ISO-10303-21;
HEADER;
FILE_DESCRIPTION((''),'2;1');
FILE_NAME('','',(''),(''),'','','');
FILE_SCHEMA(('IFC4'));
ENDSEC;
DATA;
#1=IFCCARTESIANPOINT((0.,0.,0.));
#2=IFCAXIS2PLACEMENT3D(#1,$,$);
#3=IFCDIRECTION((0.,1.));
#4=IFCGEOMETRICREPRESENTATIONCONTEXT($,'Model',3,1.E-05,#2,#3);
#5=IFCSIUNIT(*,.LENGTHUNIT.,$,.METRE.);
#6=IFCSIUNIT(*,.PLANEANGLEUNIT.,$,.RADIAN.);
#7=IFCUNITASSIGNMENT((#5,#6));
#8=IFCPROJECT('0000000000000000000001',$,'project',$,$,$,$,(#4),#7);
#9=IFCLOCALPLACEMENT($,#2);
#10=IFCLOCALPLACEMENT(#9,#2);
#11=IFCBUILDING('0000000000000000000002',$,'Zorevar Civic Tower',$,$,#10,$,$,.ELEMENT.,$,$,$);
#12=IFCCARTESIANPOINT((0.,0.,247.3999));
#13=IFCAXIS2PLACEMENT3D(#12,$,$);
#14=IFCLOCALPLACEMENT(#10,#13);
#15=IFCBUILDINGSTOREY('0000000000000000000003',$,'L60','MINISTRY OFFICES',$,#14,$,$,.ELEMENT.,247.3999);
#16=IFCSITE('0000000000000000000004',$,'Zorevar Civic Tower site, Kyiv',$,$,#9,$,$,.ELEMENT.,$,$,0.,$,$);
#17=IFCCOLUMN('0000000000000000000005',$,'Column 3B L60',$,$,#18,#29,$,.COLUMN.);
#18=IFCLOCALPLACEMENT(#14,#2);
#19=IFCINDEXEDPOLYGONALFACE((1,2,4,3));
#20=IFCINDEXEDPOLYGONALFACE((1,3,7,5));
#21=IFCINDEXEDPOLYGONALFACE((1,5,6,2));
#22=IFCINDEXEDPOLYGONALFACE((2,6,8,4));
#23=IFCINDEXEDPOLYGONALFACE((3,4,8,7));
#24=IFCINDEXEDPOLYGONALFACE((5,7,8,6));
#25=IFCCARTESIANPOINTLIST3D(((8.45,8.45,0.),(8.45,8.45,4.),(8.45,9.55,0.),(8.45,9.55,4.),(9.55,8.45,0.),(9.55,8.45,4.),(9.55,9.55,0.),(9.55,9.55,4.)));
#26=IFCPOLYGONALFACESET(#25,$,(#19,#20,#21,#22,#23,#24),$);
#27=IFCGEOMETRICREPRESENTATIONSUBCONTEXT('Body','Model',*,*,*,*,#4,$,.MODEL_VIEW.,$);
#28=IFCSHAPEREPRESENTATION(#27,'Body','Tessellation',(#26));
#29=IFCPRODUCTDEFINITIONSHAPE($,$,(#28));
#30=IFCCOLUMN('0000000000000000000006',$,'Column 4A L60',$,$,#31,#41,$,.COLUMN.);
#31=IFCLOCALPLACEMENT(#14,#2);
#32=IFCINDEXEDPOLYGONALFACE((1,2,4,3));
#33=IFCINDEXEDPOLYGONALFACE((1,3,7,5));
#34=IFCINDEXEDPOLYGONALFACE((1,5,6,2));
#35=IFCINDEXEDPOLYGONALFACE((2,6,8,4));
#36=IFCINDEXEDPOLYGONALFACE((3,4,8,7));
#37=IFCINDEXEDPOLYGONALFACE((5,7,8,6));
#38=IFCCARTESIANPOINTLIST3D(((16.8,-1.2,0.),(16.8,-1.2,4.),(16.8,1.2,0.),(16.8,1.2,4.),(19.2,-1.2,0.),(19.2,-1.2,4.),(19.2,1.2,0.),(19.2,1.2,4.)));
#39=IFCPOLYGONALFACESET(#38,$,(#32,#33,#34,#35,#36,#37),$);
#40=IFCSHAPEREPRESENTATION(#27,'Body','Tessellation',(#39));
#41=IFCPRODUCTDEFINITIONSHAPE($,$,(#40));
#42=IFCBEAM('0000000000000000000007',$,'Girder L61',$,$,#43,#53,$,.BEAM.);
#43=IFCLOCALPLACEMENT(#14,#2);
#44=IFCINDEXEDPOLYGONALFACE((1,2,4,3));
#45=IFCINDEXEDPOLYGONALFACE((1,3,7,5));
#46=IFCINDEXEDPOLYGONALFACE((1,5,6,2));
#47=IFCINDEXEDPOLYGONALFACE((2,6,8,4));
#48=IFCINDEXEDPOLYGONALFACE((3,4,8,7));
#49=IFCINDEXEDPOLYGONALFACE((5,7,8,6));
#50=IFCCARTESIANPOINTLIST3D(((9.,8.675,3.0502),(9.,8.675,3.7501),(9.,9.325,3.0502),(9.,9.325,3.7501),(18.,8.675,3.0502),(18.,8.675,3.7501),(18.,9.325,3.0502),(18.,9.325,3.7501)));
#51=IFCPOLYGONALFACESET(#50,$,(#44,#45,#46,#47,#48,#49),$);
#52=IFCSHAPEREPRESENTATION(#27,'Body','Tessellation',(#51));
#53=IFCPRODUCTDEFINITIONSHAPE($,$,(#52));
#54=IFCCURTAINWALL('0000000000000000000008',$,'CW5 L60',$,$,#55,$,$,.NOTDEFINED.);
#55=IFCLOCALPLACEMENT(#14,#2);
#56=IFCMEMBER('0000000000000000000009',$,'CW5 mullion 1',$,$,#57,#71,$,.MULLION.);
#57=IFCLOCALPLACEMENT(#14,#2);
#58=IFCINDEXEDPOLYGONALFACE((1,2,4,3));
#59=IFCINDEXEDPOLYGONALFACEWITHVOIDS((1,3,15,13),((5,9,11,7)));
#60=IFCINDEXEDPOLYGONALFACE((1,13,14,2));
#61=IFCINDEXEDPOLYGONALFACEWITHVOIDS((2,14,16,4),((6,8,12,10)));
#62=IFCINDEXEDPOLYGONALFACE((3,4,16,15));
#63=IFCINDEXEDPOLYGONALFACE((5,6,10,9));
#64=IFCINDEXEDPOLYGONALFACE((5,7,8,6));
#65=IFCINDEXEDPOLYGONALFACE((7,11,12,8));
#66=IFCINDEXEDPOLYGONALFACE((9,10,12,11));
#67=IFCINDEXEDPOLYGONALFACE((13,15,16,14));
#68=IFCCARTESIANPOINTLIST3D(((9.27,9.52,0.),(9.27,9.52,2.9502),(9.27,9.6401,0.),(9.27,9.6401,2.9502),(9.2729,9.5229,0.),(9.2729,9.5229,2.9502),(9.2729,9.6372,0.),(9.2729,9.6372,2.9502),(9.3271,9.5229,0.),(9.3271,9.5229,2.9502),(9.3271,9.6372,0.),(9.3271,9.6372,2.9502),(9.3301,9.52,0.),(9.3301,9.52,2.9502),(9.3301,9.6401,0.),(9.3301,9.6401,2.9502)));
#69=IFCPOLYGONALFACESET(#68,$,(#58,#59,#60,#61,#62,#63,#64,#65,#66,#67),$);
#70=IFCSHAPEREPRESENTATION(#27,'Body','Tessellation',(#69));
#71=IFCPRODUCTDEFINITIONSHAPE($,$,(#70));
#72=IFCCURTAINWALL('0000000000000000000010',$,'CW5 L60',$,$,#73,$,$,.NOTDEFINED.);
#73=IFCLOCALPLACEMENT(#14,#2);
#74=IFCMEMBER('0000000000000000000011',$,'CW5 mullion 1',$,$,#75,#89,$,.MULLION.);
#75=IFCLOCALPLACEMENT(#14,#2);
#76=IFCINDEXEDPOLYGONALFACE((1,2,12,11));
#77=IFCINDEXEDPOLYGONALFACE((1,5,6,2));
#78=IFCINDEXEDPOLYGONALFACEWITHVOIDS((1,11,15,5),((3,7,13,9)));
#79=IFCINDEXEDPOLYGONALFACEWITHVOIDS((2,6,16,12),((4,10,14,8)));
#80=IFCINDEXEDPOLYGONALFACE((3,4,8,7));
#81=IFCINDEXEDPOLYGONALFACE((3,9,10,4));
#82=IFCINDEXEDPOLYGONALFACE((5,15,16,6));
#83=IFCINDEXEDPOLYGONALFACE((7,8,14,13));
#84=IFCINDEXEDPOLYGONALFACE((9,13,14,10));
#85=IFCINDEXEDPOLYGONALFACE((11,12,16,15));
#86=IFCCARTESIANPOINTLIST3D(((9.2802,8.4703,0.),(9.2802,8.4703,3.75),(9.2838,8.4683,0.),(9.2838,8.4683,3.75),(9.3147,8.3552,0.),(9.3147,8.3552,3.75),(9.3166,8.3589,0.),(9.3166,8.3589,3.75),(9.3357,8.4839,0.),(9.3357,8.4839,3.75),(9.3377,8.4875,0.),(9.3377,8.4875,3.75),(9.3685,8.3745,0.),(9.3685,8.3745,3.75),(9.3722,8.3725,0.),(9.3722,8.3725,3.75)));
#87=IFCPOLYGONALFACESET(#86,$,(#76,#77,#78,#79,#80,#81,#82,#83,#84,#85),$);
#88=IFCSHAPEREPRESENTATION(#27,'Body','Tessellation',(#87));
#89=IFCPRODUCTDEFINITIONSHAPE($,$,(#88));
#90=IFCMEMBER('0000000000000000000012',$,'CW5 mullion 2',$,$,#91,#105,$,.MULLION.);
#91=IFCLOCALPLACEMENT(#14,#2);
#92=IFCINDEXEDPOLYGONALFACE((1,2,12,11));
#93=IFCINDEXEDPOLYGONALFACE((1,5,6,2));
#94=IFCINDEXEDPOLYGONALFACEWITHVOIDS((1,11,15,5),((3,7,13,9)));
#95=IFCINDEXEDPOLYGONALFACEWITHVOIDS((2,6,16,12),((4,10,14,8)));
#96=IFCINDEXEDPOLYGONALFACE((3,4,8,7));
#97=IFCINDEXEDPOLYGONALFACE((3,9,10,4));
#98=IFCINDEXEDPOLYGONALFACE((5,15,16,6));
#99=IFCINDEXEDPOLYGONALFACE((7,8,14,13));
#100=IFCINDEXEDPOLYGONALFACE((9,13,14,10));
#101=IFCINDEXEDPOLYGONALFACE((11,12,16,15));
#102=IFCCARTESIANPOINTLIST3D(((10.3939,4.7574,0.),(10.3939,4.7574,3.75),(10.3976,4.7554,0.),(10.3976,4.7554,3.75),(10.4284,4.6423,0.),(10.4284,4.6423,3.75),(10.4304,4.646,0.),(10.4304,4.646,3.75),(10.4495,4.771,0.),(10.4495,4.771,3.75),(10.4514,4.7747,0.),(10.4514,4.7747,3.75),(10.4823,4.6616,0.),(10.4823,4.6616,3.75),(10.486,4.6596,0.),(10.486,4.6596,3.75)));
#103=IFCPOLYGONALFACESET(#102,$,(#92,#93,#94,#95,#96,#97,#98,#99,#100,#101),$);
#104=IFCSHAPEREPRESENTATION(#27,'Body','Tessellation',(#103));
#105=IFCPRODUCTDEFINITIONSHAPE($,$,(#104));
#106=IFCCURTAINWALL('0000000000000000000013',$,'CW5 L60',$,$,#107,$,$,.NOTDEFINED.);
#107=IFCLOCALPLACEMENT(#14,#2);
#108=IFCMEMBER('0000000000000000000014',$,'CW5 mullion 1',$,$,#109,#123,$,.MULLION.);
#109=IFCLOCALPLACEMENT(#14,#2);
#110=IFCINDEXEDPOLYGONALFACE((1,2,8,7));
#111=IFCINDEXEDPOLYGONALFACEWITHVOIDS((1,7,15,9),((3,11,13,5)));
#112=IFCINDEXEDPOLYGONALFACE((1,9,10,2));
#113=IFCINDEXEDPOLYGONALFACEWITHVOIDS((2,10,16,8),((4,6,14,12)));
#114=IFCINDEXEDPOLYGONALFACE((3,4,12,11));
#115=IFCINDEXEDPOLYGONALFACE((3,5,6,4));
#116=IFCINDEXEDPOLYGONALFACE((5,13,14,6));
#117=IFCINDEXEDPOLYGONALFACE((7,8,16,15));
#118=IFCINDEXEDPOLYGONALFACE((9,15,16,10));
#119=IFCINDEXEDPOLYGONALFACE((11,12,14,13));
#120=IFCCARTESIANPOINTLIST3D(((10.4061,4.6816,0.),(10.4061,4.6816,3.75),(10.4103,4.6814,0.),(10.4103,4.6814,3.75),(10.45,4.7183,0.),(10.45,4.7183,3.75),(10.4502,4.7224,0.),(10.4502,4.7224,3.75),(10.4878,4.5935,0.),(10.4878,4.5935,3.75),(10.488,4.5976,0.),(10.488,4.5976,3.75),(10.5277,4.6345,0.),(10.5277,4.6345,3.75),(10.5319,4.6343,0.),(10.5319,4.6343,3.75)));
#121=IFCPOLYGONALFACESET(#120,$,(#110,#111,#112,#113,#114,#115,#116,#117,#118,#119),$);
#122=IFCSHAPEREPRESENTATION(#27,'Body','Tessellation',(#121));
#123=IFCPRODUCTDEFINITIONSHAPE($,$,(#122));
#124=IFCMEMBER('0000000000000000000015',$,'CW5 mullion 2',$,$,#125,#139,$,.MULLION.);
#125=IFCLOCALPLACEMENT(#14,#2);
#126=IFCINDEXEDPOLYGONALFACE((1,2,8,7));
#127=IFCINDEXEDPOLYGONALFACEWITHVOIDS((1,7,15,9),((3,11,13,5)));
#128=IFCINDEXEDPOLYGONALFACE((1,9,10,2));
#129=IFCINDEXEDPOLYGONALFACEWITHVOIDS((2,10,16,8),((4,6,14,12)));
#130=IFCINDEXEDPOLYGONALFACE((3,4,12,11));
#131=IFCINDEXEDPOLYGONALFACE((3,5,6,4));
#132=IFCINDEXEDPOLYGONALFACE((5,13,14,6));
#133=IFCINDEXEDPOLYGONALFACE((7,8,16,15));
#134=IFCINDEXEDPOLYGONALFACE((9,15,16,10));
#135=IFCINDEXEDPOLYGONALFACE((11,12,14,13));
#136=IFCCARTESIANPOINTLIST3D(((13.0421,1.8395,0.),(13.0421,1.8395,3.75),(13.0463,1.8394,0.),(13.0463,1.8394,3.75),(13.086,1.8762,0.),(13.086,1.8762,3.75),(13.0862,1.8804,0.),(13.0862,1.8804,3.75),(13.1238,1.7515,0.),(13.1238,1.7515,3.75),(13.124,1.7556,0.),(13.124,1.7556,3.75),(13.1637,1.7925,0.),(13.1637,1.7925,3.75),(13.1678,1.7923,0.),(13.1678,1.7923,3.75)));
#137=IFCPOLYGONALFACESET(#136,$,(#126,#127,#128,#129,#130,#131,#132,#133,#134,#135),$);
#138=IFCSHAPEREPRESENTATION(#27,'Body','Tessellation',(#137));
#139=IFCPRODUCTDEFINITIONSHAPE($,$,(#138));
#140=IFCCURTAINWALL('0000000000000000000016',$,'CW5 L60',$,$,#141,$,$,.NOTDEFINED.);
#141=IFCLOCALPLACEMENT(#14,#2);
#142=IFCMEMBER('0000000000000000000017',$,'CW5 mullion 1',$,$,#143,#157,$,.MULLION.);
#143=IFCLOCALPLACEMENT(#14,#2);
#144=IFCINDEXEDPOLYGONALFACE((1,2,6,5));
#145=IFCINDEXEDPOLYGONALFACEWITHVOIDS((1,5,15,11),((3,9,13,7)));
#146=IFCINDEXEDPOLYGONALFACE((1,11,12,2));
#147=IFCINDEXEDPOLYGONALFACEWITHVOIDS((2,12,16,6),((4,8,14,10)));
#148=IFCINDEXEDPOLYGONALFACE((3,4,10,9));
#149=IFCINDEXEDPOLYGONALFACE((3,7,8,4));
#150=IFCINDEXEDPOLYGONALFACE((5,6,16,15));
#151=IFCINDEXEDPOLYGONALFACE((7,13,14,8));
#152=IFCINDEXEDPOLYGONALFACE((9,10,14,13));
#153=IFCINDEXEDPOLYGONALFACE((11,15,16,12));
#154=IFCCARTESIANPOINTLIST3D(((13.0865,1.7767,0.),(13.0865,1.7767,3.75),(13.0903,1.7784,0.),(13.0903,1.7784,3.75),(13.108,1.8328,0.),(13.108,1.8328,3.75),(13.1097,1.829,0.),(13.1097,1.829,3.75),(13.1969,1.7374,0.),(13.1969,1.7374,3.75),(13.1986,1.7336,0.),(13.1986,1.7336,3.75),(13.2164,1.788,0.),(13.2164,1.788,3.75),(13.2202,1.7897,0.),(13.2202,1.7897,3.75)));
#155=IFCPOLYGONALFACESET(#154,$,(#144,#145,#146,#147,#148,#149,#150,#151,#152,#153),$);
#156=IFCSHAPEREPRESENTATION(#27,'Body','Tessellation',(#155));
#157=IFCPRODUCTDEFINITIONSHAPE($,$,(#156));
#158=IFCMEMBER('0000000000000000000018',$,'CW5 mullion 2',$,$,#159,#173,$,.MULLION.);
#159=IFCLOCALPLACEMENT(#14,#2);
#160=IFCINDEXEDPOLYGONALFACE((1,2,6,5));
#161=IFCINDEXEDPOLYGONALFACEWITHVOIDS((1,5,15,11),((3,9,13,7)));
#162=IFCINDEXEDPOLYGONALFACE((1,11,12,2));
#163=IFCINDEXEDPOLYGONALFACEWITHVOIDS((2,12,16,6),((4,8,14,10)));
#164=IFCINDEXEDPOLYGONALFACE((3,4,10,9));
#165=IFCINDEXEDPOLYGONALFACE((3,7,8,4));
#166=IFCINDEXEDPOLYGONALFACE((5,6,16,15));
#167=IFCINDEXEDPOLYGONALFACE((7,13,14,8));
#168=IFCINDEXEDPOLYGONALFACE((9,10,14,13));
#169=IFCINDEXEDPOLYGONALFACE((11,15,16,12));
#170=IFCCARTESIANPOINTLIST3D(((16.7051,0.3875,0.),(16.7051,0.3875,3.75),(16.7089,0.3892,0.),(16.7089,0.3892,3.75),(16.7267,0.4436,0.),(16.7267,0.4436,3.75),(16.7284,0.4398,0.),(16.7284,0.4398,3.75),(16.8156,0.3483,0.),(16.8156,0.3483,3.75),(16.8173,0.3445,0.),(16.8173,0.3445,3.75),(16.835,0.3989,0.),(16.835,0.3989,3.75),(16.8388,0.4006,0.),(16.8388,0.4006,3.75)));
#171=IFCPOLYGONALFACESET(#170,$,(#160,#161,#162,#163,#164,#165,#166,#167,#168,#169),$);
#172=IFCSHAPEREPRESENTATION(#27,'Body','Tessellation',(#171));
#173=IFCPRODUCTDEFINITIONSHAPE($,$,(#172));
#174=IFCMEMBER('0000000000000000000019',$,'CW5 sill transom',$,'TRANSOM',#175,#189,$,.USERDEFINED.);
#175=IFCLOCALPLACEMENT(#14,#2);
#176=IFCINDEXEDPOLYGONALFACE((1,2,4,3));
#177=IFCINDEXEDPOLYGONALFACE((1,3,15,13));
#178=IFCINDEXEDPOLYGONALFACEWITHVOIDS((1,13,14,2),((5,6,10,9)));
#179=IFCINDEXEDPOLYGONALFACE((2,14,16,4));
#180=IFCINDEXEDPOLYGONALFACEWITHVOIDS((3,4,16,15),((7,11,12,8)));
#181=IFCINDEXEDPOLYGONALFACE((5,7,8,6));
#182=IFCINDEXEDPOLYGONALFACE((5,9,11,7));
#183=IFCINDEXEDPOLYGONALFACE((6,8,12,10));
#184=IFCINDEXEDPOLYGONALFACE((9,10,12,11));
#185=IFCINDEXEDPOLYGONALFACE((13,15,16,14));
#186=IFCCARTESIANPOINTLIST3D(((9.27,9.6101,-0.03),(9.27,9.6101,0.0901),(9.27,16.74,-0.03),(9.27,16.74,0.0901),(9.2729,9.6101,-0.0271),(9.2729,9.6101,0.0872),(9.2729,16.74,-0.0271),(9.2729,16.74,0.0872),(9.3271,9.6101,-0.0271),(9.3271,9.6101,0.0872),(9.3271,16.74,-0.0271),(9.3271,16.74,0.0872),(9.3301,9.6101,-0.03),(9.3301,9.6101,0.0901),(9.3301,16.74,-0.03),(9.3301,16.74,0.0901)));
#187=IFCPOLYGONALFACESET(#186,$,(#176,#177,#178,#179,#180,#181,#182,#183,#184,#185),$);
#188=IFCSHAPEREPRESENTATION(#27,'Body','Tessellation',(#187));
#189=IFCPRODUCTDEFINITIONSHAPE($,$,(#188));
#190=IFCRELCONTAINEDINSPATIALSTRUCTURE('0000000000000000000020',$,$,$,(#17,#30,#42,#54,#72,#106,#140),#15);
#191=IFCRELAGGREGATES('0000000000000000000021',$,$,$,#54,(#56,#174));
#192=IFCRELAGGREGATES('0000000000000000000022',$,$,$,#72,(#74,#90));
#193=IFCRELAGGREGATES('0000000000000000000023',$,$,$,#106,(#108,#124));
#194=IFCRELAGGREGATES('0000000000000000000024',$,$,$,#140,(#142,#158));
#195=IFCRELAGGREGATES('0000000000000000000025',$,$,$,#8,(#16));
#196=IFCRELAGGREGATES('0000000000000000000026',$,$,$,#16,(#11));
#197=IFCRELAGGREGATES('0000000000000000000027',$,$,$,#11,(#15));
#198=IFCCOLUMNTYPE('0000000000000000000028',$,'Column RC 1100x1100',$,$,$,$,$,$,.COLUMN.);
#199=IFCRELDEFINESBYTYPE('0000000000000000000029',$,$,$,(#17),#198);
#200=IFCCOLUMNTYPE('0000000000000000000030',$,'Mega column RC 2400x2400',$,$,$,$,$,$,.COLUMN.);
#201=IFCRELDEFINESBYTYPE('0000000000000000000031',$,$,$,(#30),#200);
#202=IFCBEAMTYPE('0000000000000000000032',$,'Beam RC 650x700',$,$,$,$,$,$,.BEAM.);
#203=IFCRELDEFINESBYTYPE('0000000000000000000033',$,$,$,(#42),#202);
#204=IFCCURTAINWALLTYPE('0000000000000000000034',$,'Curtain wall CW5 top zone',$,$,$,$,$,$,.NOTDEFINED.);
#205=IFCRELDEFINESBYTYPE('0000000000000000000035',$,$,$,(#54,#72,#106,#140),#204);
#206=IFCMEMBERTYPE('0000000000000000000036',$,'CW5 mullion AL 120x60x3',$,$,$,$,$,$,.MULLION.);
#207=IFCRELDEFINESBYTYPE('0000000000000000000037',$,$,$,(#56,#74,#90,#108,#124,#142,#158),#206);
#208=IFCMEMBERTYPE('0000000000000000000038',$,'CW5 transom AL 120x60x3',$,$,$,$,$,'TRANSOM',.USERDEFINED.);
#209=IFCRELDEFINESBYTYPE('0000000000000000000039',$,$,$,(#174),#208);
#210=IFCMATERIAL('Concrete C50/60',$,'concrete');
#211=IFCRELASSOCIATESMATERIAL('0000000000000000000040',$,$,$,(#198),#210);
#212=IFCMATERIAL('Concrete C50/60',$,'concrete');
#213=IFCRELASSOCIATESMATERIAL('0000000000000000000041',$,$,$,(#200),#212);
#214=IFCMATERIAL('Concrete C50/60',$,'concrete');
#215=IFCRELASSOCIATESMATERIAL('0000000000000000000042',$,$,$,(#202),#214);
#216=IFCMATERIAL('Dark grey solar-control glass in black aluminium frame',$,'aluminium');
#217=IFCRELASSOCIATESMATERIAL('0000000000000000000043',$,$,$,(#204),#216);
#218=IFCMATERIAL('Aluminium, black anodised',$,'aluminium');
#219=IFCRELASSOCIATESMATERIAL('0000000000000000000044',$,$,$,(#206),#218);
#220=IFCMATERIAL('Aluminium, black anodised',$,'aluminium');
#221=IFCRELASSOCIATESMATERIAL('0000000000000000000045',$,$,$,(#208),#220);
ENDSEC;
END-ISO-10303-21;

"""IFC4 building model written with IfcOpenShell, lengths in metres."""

from ifc_helpers import new_model, si_unit, direction, frame, origin, origin_2d, place, context, subcontext, project, spatial, rectangle, hollow_rectangle, extrude, material, material_profile, profile_set, type_object, element, aggregate, save


model = new_model("IFC4")

# Units and contexts
model_context = context("Model", 3, precision=1e-05, world=origin(), true_north=direction((0.0, 1.0)))
body_context = subcontext(model_context, "Body", "Model", "MODEL_VIEW")
ifc_project = project(units=[si_unit("LENGTHUNIT", "METRE"), si_unit("PLANEANGLEUNIT", "RADIAN")], contexts=[model_context])

# Site, building, storey
site_placement = place(None, origin())
site = spatial("IfcSite", under=ifc_project, at=site_placement, Name="Zorevar Civic Tower site, Kyiv", CompositionType="ELEMENT", RefElevation=0.0)
building_placement = place(site_placement, origin())
building = spatial("IfcBuilding", under=site, at=building_placement, Name="Zorevar Civic Tower", CompositionType="ELEMENT")
storey_placement = place(building_placement, frame((0.0, 0.0, 247.3999)))
storey = spatial("IfcBuildingStorey", under=building, at=storey_placement, Name="L60", Description="MINISTRY OFFICES", CompositionType="ELEMENT", Elevation=247.3999)

# Columns
ifc_material_1 = material(Name="Concrete C50/60", Category="concrete")
ifc_material_profile_1 = material_profile(ifc_material_1, rectangle(XDim=1.1001, YDim=1.1001, at=origin_2d()), Name="RC 1100x1100")
ifc_profile_set_1 = profile_set([ifc_material_profile_1], Name="Concrete C50/60")
column_type_1 = type_object("IfcColumnType", Name="Column RC 1100x1100", PredefinedType="COLUMN", material=ifc_profile_set_1)
column_1_placement = place(storey_placement, frame((9.0, 9.0, 0.0), z_axis=(0.0, 0.0, 1.0), x_axis=(1.0, 0.0, 0.0)))
element("IfcColumn", 1, at=column_1_placement, inside=storey, type_object=column_type_1, Name="Column 3B L60", PredefinedType="COLUMN", context=body_context, shape_type="SweptSolid", body=[
    extrude(rectangle(XDim=1.1001, YDim=1.1001, at=origin_2d()), origin(), (0.0, 0.0, 1.0), 4.0),
])
ifc_material_2 = material(Name="Concrete C50/60", Category="concrete")
ifc_material_profile_2 = material_profile(ifc_material_2, rectangle(XDim=2.3999, YDim=2.3999, at=origin_2d()), Name="RC 2400x2400")
ifc_profile_set_2 = profile_set([ifc_material_profile_2], Name="Concrete C50/60")
column_type_2 = type_object("IfcColumnType", Name="Mega column RC 2400x2400", PredefinedType="COLUMN", material=ifc_profile_set_2)
column_2_placement = place(storey_placement, frame((18.0, 0.0, 0.0), z_axis=(0.0, 0.0, 1.0), x_axis=(1.0, 0.0, 0.0)))
element("IfcColumn", 2, at=column_2_placement, inside=storey, type_object=column_type_2, Name="Column 4A L60", PredefinedType="COLUMN", context=body_context, shape_type="SweptSolid", body=[
    extrude(rectangle(XDim=2.3999, YDim=2.3999, at=origin_2d()), origin(), (0.0, 0.0, 1.0), 4.0),
])

# Beam
ifc_material_3 = material(Name="Concrete C50/60", Category="concrete")
ifc_material_profile_3 = material_profile(ifc_material_3, rectangle(XDim=0.6499, YDim=0.7, at=origin_2d()), Name="RC 650x700")
ifc_profile_set_3 = profile_set([ifc_material_profile_3], Name="Concrete C50/60")
beam_type_1 = type_object("IfcBeamType", Name="Beam RC 650x700", PredefinedType="BEAM", material=ifc_profile_set_3)
beam_1_placement = place(storey_placement, frame((9.0, 9.0, 3.4001), z_axis=(1.0, 0.0, 0.0), x_axis=(0.0, 1.0, 0.0)))
element("IfcBeam", 3, at=beam_1_placement, inside=storey, type_object=beam_type_1, Name="Girder L61", PredefinedType="BEAM", context=body_context, shape_type="SweptSolid", body=[
    extrude(rectangle(XDim=0.6499, YDim=0.7, at=origin_2d()), origin(), (0.0, 0.0, 1.0), 9.0),
])

# Curtain wall, member
ifc_material_4 = material(Name="Dark grey solar-control glass in black aluminium frame", Category="aluminium")
curtain_wall_type = type_object("IfcCurtainWallType", Name="Curtain wall CW5 top zone", PredefinedType="NOTDEFINED", material=ifc_material_4)
curtain_wall_1_placement = place(storey_placement, origin())
curtain_wall_1 = element("IfcCurtainWall", 4, at=curtain_wall_1_placement, inside=storey, type_object=curtain_wall_type, Name="CW5 L60", PredefinedType="NOTDEFINED")
ifc_material_5 = material(Name="Aluminium, black anodised", Category="aluminium")
ifc_material_profile_4 = material_profile(ifc_material_5, hollow_rectangle(XDim=0.0601, YDim=0.1201, WallThickness=0.0029, at=origin_2d()), Name="AL 120x60x3")
ifc_profile_set_4 = profile_set([ifc_material_profile_4], Name="Aluminium, black anodised")
member_type_1 = type_object("IfcMemberType", Name="CW5 mullion AL 120x60x3", PredefinedType="MULLION", material=ifc_profile_set_4)
member_1_placement = place(storey_placement, frame((9.3, 9.5801, 0.0), z_axis=(0.0, 0.0, 1.0), x_axis=(-1.0, 0.0, 0.0)))
member_1 = element("IfcMember", 5, at=member_1_placement, type_object=member_type_1, Name="CW5 mullion 1", PredefinedType="MULLION", context=body_context, shape_type="SweptSolid", body=[
    extrude(hollow_rectangle(XDim=0.0601, YDim=0.1201, WallThickness=0.0029, at=origin_2d()), origin(), (0.0, 0.0, 1.0), 2.9502),
])

# Curtain walls, members
curtain_wall_2_placement = place(storey_placement, origin())
curtain_wall_2 = element("IfcCurtainWall", 6, at=curtain_wall_2_placement, inside=storey, type_object=curtain_wall_type, Name="CW5 L60", PredefinedType="NOTDEFINED")
member_2_placement = place(storey_placement, frame((9.3262, 8.4214, 0.0), z_axis=(0.0, 0.0, 1.0), x_axis=(0.957826, 0.28735, 0.0)))
member_2 = element("IfcMember", 7, at=member_2_placement, type_object=member_type_1, Name="CW5 mullion 1", PredefinedType="MULLION", context=body_context, shape_type="SweptSolid", body=[
    extrude(hollow_rectangle(XDim=0.0601, YDim=0.1201, WallThickness=0.0029, at=origin_2d()), origin(), (0.0, 0.0, 1.0), 3.75),
])
member_3_placement = place(storey_placement, frame((10.4399, 4.7085, 0.0), z_axis=(0.0, 0.0, 1.0), x_axis=(0.957826, 0.28735, 0.0)))
member_3 = element("IfcMember", 8, at=member_3_placement, type_object=member_type_1, Name="CW5 mullion 2", PredefinedType="MULLION", context=body_context, shape_type="SweptSolid", body=[
    extrude(hollow_rectangle(XDim=0.0601, YDim=0.1201, WallThickness=0.0029, at=origin_2d()), origin(), (0.0, 0.0, 1.0), 3.75),
])
curtain_wall_3_placement = place(storey_placement, origin())
curtain_wall_3 = element("IfcCurtainWall", 9, at=curtain_wall_3_placement, inside=storey, type_object=curtain_wall_type, Name="CW5 L60", PredefinedType="NOTDEFINED")
member_4_placement = place(storey_placement, frame((10.469, 4.658, 0.0), z_axis=(0.0, 0.0, 1.0), x_axis=(0.733164, 0.680051, 0.0)))
member_4 = element("IfcMember", 10, at=member_4_placement, type_object=member_type_1, Name="CW5 mullion 1", PredefinedType="MULLION", context=body_context, shape_type="SweptSolid", body=[
    extrude(hollow_rectangle(XDim=0.0601, YDim=0.1201, WallThickness=0.0029, at=origin_2d()), origin(), (0.0, 0.0, 1.0), 3.75),
])
member_5_placement = place(storey_placement, frame((13.105, 1.8159, 0.0), z_axis=(0.0, 0.0, 1.0), x_axis=(0.733164, 0.680051, 0.0)))
member_5 = element("IfcMember", 11, at=member_5_placement, type_object=member_type_1, Name="CW5 mullion 2", PredefinedType="MULLION", context=body_context, shape_type="SweptSolid", body=[
    extrude(hollow_rectangle(XDim=0.0601, YDim=0.1201, WallThickness=0.0029, at=origin_2d()), origin(), (0.0, 0.0, 1.0), 3.75),
])
curtain_wall_4_placement = place(storey_placement, origin())
curtain_wall_4 = element("IfcCurtainWall", 12, at=curtain_wall_4_placement, inside=storey, type_object=curtain_wall_type, Name="CW5 L60", PredefinedType="NOTDEFINED")
member_6_placement = place(storey_placement, frame((13.1533, 1.7832, 0.0), z_axis=(0.0, 0.0, 1.0), x_axis=(0.358413, 0.933563, 0.0)))
member_6 = element("IfcMember", 13, at=member_6_placement, type_object=member_type_1, Name="CW5 mullion 1", PredefinedType="MULLION", context=body_context, shape_type="SweptSolid", body=[
    extrude(hollow_rectangle(XDim=0.0601, YDim=0.1201, WallThickness=0.0029, at=origin_2d()), origin(), (0.0, 0.0, 1.0), 3.75),
])
member_7_placement = place(storey_placement, frame((16.772, 0.394, 0.0), z_axis=(0.0, 0.0, 1.0), x_axis=(0.358413, 0.933563, 0.0)))
member_7 = element("IfcMember", 14, at=member_7_placement, type_object=member_type_1, Name="CW5 mullion 2", PredefinedType="MULLION", context=body_context, shape_type="SweptSolid", body=[
    extrude(hollow_rectangle(XDim=0.0601, YDim=0.1201, WallThickness=0.0029, at=origin_2d()), origin(), (0.0, 0.0, 1.0), 3.75),
])

# Member
ifc_material_6 = material(Name="Aluminium, black anodised", Category="aluminium")
ifc_material_profile_5 = material_profile(ifc_material_6, hollow_rectangle(XDim=0.0601, YDim=0.1201, WallThickness=0.0029, at=origin_2d()), Name="AL 120x60x3")
ifc_profile_set_5 = profile_set([ifc_material_profile_5], Name="Aluminium, black anodised")
member_type_2 = type_object("IfcMemberType", Name="CW5 transom AL 120x60x3", ElementType="TRANSOM", PredefinedType="USERDEFINED", material=ifc_profile_set_5)
member_8_placement = place(storey_placement, frame((9.3, 9.6101, 0.03), z_axis=(0.0, 1.0, 0.0), x_axis=(-1.0, 0.0, 0.0)))
member_8 = element("IfcMember", 15, at=member_8_placement, type_object=member_type_2, Name="CW5 sill transom", ObjectType="TRANSOM", PredefinedType="USERDEFINED", context=body_context, shape_type="SweptSolid", body=[
    extrude(hollow_rectangle(XDim=0.0601, YDim=0.1201, WallThickness=0.0029, at=origin_2d()), origin(), (0.0, 0.0, 1.0), 7.1299),
])
aggregate(curtain_wall_1, [member_1, member_8])

aggregate(curtain_wall_2, [member_2, member_3])
aggregate(curtain_wall_3, [member_4, member_5])
aggregate(curtain_wall_4, [member_6, member_7])

save(model, "model.ifc")
